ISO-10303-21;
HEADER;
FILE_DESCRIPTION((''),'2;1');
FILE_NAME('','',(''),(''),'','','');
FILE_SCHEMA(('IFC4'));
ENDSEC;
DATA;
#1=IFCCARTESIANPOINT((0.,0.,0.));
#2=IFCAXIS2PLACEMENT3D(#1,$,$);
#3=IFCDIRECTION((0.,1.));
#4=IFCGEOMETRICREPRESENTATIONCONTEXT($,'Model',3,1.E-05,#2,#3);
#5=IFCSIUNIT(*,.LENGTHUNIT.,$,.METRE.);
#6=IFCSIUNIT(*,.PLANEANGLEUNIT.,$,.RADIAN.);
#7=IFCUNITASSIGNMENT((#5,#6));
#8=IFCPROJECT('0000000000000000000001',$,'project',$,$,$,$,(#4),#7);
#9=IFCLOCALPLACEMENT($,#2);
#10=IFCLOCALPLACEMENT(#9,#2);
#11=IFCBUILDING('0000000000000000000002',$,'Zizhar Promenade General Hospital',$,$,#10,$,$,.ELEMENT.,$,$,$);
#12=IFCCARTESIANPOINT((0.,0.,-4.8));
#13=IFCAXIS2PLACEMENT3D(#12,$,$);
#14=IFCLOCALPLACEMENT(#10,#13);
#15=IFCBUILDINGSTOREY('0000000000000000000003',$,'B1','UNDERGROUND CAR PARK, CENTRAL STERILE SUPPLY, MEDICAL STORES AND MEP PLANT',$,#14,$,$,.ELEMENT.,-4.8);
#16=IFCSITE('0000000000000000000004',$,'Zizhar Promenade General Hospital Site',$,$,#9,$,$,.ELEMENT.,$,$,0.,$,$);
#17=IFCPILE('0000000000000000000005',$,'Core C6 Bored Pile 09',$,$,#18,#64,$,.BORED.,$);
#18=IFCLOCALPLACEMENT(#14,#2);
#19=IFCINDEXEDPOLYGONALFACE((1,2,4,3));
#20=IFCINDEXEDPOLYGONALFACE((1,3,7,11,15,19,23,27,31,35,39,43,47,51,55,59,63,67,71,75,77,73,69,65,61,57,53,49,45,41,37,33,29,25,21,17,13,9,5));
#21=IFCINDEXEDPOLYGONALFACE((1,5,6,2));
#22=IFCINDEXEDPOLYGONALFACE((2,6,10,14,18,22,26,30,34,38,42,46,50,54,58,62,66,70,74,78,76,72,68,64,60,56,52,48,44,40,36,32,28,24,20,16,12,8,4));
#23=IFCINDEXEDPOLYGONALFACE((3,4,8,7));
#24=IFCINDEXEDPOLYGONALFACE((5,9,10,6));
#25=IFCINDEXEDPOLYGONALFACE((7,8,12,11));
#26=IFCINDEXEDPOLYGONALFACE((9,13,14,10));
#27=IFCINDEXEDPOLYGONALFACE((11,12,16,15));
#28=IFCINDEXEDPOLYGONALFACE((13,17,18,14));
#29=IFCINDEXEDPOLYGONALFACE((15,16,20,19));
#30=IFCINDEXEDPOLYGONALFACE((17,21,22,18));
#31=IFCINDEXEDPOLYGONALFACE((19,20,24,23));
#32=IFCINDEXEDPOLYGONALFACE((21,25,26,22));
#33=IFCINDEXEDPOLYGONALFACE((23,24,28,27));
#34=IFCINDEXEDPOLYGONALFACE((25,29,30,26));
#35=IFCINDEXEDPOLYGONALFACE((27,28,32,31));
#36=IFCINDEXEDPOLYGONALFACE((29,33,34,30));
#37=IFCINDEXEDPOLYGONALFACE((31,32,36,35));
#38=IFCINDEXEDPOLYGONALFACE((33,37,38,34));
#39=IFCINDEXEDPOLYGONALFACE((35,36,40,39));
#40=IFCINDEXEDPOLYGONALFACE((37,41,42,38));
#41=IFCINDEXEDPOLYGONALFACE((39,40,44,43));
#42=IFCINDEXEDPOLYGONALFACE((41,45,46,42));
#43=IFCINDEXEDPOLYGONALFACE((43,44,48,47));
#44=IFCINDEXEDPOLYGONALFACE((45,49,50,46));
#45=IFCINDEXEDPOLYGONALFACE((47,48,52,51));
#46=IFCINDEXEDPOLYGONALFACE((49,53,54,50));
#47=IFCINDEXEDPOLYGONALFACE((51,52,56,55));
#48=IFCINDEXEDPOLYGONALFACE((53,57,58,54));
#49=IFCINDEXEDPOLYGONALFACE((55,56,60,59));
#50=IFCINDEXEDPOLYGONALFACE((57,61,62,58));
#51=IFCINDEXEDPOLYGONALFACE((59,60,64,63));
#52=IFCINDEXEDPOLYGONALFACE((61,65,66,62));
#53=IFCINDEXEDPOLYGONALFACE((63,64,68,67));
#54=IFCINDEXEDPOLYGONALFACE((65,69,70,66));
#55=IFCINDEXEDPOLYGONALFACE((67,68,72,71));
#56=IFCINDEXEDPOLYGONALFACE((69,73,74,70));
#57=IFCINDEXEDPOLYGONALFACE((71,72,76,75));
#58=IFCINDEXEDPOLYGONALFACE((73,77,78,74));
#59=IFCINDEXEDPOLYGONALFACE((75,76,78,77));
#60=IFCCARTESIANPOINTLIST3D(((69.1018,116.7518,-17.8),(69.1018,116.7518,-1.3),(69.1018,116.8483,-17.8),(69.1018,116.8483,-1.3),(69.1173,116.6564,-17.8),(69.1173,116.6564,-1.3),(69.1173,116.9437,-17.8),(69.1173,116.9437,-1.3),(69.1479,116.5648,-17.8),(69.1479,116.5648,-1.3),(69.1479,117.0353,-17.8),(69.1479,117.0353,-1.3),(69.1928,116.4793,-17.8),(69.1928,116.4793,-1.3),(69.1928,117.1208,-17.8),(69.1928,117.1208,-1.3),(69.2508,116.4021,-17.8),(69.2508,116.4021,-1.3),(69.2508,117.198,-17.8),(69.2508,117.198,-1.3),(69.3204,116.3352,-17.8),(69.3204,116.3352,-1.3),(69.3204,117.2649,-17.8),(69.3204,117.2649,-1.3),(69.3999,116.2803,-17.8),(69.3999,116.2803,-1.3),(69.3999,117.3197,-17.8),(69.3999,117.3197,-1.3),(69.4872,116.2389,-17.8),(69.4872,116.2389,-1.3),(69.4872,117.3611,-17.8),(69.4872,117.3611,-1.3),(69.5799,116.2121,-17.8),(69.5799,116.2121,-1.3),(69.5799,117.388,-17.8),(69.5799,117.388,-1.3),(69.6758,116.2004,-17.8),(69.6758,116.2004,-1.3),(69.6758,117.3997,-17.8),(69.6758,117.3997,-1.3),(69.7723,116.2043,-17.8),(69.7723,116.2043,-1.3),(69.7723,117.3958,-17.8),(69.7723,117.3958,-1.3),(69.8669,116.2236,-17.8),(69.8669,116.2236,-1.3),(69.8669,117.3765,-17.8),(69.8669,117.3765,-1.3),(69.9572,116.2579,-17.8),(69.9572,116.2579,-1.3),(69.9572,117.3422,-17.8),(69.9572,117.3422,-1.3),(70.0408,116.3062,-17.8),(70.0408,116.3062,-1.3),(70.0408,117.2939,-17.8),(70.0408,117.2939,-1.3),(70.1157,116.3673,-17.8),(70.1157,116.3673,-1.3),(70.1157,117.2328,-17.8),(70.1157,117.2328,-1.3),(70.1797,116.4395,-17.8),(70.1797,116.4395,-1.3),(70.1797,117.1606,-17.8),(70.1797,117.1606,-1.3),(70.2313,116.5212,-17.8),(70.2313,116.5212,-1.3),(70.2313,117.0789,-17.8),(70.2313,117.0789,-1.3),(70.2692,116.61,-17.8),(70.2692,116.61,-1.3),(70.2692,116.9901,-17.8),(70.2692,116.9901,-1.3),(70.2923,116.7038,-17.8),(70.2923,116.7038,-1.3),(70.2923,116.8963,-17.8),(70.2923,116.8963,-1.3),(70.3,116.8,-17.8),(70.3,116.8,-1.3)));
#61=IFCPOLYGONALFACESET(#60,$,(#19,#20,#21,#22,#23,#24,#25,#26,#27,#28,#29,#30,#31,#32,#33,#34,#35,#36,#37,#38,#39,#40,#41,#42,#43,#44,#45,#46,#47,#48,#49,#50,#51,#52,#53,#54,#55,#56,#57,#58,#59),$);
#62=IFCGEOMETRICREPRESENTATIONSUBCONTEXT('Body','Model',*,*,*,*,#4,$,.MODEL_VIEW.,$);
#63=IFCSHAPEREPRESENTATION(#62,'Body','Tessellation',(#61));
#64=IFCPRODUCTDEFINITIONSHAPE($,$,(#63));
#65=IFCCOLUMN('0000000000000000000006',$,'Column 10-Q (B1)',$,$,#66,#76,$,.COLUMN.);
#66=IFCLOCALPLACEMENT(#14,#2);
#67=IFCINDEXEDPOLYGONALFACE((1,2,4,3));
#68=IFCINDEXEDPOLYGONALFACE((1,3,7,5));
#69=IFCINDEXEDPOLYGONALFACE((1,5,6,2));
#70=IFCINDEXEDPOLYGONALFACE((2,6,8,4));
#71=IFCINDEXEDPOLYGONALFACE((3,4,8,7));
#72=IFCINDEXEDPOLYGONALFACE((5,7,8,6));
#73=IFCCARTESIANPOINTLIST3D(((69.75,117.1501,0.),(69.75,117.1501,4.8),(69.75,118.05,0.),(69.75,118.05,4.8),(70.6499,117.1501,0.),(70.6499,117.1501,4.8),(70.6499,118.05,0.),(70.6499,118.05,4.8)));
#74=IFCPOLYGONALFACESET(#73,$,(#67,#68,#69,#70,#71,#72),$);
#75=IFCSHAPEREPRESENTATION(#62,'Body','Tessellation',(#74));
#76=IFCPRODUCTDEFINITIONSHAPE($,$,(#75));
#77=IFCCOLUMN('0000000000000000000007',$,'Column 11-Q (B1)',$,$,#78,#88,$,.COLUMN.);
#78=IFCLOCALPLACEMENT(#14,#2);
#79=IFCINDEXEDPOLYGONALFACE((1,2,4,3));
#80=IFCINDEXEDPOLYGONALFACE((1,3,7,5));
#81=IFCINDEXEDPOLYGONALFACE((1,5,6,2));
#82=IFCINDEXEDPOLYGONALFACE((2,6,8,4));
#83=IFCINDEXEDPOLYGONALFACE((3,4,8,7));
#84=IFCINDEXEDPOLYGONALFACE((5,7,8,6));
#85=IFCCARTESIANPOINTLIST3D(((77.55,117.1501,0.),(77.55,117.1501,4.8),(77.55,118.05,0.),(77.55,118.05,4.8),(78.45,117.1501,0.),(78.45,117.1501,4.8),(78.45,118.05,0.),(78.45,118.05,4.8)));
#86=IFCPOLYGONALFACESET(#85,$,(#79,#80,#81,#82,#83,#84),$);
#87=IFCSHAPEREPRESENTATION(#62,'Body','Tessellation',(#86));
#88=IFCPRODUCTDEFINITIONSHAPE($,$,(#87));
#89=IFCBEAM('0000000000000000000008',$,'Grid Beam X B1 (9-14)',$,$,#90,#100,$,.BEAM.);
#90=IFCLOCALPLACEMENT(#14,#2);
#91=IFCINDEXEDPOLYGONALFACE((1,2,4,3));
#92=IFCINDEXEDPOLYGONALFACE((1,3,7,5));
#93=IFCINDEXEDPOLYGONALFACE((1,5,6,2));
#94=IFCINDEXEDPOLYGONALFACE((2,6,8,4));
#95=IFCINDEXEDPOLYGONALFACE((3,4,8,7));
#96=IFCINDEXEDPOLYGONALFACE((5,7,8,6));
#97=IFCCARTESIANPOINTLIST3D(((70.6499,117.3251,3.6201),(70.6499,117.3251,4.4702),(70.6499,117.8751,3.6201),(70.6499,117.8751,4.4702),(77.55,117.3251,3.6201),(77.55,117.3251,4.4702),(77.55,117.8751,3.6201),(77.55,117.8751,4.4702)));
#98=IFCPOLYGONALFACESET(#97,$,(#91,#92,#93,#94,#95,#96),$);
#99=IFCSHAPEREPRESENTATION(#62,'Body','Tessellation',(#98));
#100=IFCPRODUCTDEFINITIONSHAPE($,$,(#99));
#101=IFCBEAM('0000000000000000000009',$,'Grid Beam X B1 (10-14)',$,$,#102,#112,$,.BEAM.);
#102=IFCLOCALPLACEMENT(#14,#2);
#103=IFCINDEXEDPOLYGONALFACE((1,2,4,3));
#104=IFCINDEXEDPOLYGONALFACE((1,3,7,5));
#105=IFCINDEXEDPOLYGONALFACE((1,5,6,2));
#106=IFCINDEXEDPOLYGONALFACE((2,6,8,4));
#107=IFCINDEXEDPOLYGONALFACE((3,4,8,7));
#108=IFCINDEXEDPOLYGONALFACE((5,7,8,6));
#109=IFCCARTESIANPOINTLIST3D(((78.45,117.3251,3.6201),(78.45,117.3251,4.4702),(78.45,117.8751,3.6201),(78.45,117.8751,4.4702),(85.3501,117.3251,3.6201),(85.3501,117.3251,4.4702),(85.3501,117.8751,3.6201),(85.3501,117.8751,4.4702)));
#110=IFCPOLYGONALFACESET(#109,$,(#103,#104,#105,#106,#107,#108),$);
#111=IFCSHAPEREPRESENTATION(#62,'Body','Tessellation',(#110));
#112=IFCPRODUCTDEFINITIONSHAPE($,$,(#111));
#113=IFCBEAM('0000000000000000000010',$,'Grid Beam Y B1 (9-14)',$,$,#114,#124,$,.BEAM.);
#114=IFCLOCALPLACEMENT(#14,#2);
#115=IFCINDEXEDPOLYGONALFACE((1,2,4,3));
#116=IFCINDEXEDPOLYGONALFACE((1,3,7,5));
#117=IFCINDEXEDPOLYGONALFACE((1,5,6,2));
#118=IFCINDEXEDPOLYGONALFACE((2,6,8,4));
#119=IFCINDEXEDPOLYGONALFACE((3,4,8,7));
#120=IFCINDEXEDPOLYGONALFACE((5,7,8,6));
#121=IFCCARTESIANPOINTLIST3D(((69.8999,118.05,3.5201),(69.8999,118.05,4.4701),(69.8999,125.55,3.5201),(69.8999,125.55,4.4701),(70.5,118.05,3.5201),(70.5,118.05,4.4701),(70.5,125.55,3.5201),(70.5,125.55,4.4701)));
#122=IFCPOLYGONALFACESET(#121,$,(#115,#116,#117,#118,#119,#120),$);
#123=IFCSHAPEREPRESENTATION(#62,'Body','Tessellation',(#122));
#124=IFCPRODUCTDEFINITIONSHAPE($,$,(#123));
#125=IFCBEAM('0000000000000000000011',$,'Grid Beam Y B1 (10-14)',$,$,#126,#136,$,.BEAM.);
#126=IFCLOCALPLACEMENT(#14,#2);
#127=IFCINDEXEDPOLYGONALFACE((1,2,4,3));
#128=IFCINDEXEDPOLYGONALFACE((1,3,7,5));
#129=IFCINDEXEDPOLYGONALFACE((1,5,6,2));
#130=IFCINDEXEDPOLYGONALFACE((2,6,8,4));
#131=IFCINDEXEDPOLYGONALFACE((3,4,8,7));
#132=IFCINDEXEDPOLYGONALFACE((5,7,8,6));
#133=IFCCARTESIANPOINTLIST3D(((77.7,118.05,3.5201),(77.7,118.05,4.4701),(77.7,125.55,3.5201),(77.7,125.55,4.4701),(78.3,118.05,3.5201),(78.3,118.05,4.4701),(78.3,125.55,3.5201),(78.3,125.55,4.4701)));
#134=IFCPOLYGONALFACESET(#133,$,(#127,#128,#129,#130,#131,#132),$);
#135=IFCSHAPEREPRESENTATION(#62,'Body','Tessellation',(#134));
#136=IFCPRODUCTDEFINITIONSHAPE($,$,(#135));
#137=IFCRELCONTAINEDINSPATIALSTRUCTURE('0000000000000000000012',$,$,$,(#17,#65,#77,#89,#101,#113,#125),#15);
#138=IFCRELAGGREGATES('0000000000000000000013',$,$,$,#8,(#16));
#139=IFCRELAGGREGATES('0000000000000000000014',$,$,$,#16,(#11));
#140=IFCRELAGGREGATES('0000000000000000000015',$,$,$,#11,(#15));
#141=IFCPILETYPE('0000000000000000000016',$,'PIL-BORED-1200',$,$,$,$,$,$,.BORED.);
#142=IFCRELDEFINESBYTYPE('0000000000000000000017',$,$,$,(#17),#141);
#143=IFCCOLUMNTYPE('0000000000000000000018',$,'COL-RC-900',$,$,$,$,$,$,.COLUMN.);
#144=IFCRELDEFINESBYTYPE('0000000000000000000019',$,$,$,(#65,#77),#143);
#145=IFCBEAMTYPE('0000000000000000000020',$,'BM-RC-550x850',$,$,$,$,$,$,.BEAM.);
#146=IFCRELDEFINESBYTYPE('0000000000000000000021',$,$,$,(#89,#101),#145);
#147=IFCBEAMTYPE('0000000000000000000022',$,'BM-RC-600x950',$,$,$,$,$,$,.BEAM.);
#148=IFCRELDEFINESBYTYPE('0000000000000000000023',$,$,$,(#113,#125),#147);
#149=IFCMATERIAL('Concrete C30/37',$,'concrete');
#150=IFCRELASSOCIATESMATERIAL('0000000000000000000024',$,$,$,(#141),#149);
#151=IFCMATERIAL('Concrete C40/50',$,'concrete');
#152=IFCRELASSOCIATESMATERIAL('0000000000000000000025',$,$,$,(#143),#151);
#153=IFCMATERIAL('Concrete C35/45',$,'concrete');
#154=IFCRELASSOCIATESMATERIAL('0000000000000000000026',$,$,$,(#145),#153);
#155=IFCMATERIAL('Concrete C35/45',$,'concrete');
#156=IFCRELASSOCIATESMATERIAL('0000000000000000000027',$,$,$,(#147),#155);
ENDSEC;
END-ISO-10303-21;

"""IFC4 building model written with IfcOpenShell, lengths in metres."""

from ifc_helpers import new_model, si_unit, direction, frame, origin, origin_2d, place, context, subcontext, project, spatial, rectangle, circle, extrude, material, material_profile, profile_set, type_object, element, save


model = new_model("IFC4")

# Units and contexts
model_context = context("Model", 3, precision=1e-05, world=origin(), true_north=direction((0.0, 1.0)))
body_context = subcontext(model_context, "Body", "Model", "MODEL_VIEW")
ifc_project = project(units=[si_unit("LENGTHUNIT", "METRE"), si_unit("PLANEANGLEUNIT", "RADIAN")], contexts=[model_context])

# Site, building, storey
site_placement = place(None, origin())
site = spatial("IfcSite", under=ifc_project, at=site_placement, Name="Zizhar Promenade General Hospital Site", CompositionType="ELEMENT", RefElevation=0.0)
building_placement = place(site_placement, origin())
building = spatial("IfcBuilding", under=site, at=building_placement, Name="Zizhar Promenade General Hospital", CompositionType="ELEMENT")
storey_placement = place(building_placement, frame((0.0, 0.0, -4.8)))
storey = spatial("IfcBuildingStorey", under=building, at=storey_placement, Name="B1", Description="UNDERGROUND CAR PARK, CENTRAL STERILE SUPPLY, MEDICAL STORES AND MEP PLANT", CompositionType="ELEMENT", Elevation=-4.8)

# Pile
ifc_material_1 = material(Name="Concrete C30/37", Category="concrete")
ifc_material_profile_1 = material_profile(ifc_material_1, circle(Radius=0.6001, at=origin_2d()))
ifc_profile_set_1 = profile_set([ifc_material_profile_1], Name="Concrete C30/37")
pile_type_1 = type_object("IfcPileType", Name="PIL-BORED-1200", PredefinedType="BORED", material=ifc_profile_set_1)
for number, where, z_axis, x_axis, name in (
    (1, (69.7, 116.8, -1.3), (0.0, 0.0, -1.0), (1.0, 0.0, 0.0), "Core C6 Bored Pile 09"),
):
    element("IfcPile", number, at=place(storey_placement, frame(where, z_axis=z_axis, x_axis=x_axis)), inside=storey, type_object=pile_type_1, Name=name, PredefinedType="BORED", context=body_context, shape_type="SweptSolid", body=[
        extrude(circle(Radius=0.6001, at=origin_2d()), origin(), (0.0, 0.0, 1.0), 16.5),
    ])

# Columns
ifc_material_2 = material(Name="Concrete C40/50", Category="concrete")
ifc_material_profile_2 = material_profile(ifc_material_2, rectangle(XDim=0.8999, YDim=0.8999, at=origin_2d()))
ifc_profile_set_2 = profile_set([ifc_material_profile_2], Name="Concrete C40/50")
column_type = type_object("IfcColumnType", Name="COL-RC-900", PredefinedType="COLUMN", material=ifc_profile_set_2)
for number, where, z_axis, x_axis, name in (
    (2, (70.2, 117.6001, 0.0), (0.0, 0.0, 1.0), (1.0, 0.0, 0.0), "Column 10-Q (B1)"),
    (3, (78.0, 117.6001, 0.0), (0.0, 0.0, 1.0), (1.0, 0.0, 0.0), "Column 11-Q (B1)"),
):
    element("IfcColumn", number, at=place(storey_placement, frame(where, z_axis=z_axis, x_axis=x_axis)), inside=storey, type_object=column_type, Name=name, PredefinedType="COLUMN", context=body_context, shape_type="SweptSolid", body=[
        extrude(rectangle(XDim=0.8999, YDim=0.8999, at=origin_2d()), origin(), (0.0, 0.0, 1.0), 4.8),
    ])

# Beams
ifc_material_3 = material(Name="Concrete C35/45", Category="concrete")
ifc_material_profile_3 = material_profile(ifc_material_3, rectangle(XDim=0.55, YDim=0.8501, at=origin_2d()))
ifc_profile_set_3 = profile_set([ifc_material_profile_3], Name="Concrete C35/45")
beam_type_1 = type_object("IfcBeamType", Name="BM-RC-550x850", PredefinedType="BEAM", material=ifc_profile_set_3)
for number, where, z_axis, x_axis, name in (
    (4, (70.6499, 117.6001, 4.0452), (1.0, 0.0, 0.0), (0.0, 1.0, 0.0), "Grid Beam X B1 (9-14)"),
    (5, (78.45, 117.6001, 4.0452), (1.0, 0.0, 0.0), (0.0, 1.0, 0.0), "Grid Beam X B1 (10-14)"),
):
    element("IfcBeam", number, at=place(storey_placement, frame(where, z_axis=z_axis, x_axis=x_axis)), inside=storey, type_object=beam_type_1, Name=name, PredefinedType="BEAM", context=body_context, shape_type="SweptSolid", body=[
        extrude(rectangle(XDim=0.55, YDim=0.8501, at=origin_2d()), origin(), (0.0, 0.0, 1.0), 6.9001),
    ])
ifc_material_4 = material(Name="Concrete C35/45", Category="concrete")
ifc_material_profile_4 = material_profile(ifc_material_4, rectangle(XDim=0.6001, YDim=0.95, at=origin_2d()))
ifc_profile_set_4 = profile_set([ifc_material_profile_4], Name="Concrete C35/45")
beam_type_2 = type_object("IfcBeamType", Name="BM-RC-600x950", PredefinedType="BEAM", material=ifc_profile_set_4)
for number, where, z_axis, x_axis, name in (
    (6, (70.2, 118.05, 3.9951), (0.0, 1.0, 0.0), (-1.0, 0.0, 0.0), "Grid Beam Y B1 (9-14)"),
    (7, (78.0, 118.05, 3.9951), (0.0, 1.0, 0.0), (-1.0, 0.0, 0.0), "Grid Beam Y B1 (10-14)"),
):
    element("IfcBeam", number, at=place(storey_placement, frame(where, z_axis=z_axis, x_axis=x_axis)), inside=storey, type_object=beam_type_2, Name=name, PredefinedType="BEAM", context=body_context, shape_type="SweptSolid", body=[
        extrude(rectangle(XDim=0.6001, YDim=0.95, at=origin_2d()), origin(), (0.0, 0.0, 1.0), 7.5),
    ])

save(model, "model.ifc")
